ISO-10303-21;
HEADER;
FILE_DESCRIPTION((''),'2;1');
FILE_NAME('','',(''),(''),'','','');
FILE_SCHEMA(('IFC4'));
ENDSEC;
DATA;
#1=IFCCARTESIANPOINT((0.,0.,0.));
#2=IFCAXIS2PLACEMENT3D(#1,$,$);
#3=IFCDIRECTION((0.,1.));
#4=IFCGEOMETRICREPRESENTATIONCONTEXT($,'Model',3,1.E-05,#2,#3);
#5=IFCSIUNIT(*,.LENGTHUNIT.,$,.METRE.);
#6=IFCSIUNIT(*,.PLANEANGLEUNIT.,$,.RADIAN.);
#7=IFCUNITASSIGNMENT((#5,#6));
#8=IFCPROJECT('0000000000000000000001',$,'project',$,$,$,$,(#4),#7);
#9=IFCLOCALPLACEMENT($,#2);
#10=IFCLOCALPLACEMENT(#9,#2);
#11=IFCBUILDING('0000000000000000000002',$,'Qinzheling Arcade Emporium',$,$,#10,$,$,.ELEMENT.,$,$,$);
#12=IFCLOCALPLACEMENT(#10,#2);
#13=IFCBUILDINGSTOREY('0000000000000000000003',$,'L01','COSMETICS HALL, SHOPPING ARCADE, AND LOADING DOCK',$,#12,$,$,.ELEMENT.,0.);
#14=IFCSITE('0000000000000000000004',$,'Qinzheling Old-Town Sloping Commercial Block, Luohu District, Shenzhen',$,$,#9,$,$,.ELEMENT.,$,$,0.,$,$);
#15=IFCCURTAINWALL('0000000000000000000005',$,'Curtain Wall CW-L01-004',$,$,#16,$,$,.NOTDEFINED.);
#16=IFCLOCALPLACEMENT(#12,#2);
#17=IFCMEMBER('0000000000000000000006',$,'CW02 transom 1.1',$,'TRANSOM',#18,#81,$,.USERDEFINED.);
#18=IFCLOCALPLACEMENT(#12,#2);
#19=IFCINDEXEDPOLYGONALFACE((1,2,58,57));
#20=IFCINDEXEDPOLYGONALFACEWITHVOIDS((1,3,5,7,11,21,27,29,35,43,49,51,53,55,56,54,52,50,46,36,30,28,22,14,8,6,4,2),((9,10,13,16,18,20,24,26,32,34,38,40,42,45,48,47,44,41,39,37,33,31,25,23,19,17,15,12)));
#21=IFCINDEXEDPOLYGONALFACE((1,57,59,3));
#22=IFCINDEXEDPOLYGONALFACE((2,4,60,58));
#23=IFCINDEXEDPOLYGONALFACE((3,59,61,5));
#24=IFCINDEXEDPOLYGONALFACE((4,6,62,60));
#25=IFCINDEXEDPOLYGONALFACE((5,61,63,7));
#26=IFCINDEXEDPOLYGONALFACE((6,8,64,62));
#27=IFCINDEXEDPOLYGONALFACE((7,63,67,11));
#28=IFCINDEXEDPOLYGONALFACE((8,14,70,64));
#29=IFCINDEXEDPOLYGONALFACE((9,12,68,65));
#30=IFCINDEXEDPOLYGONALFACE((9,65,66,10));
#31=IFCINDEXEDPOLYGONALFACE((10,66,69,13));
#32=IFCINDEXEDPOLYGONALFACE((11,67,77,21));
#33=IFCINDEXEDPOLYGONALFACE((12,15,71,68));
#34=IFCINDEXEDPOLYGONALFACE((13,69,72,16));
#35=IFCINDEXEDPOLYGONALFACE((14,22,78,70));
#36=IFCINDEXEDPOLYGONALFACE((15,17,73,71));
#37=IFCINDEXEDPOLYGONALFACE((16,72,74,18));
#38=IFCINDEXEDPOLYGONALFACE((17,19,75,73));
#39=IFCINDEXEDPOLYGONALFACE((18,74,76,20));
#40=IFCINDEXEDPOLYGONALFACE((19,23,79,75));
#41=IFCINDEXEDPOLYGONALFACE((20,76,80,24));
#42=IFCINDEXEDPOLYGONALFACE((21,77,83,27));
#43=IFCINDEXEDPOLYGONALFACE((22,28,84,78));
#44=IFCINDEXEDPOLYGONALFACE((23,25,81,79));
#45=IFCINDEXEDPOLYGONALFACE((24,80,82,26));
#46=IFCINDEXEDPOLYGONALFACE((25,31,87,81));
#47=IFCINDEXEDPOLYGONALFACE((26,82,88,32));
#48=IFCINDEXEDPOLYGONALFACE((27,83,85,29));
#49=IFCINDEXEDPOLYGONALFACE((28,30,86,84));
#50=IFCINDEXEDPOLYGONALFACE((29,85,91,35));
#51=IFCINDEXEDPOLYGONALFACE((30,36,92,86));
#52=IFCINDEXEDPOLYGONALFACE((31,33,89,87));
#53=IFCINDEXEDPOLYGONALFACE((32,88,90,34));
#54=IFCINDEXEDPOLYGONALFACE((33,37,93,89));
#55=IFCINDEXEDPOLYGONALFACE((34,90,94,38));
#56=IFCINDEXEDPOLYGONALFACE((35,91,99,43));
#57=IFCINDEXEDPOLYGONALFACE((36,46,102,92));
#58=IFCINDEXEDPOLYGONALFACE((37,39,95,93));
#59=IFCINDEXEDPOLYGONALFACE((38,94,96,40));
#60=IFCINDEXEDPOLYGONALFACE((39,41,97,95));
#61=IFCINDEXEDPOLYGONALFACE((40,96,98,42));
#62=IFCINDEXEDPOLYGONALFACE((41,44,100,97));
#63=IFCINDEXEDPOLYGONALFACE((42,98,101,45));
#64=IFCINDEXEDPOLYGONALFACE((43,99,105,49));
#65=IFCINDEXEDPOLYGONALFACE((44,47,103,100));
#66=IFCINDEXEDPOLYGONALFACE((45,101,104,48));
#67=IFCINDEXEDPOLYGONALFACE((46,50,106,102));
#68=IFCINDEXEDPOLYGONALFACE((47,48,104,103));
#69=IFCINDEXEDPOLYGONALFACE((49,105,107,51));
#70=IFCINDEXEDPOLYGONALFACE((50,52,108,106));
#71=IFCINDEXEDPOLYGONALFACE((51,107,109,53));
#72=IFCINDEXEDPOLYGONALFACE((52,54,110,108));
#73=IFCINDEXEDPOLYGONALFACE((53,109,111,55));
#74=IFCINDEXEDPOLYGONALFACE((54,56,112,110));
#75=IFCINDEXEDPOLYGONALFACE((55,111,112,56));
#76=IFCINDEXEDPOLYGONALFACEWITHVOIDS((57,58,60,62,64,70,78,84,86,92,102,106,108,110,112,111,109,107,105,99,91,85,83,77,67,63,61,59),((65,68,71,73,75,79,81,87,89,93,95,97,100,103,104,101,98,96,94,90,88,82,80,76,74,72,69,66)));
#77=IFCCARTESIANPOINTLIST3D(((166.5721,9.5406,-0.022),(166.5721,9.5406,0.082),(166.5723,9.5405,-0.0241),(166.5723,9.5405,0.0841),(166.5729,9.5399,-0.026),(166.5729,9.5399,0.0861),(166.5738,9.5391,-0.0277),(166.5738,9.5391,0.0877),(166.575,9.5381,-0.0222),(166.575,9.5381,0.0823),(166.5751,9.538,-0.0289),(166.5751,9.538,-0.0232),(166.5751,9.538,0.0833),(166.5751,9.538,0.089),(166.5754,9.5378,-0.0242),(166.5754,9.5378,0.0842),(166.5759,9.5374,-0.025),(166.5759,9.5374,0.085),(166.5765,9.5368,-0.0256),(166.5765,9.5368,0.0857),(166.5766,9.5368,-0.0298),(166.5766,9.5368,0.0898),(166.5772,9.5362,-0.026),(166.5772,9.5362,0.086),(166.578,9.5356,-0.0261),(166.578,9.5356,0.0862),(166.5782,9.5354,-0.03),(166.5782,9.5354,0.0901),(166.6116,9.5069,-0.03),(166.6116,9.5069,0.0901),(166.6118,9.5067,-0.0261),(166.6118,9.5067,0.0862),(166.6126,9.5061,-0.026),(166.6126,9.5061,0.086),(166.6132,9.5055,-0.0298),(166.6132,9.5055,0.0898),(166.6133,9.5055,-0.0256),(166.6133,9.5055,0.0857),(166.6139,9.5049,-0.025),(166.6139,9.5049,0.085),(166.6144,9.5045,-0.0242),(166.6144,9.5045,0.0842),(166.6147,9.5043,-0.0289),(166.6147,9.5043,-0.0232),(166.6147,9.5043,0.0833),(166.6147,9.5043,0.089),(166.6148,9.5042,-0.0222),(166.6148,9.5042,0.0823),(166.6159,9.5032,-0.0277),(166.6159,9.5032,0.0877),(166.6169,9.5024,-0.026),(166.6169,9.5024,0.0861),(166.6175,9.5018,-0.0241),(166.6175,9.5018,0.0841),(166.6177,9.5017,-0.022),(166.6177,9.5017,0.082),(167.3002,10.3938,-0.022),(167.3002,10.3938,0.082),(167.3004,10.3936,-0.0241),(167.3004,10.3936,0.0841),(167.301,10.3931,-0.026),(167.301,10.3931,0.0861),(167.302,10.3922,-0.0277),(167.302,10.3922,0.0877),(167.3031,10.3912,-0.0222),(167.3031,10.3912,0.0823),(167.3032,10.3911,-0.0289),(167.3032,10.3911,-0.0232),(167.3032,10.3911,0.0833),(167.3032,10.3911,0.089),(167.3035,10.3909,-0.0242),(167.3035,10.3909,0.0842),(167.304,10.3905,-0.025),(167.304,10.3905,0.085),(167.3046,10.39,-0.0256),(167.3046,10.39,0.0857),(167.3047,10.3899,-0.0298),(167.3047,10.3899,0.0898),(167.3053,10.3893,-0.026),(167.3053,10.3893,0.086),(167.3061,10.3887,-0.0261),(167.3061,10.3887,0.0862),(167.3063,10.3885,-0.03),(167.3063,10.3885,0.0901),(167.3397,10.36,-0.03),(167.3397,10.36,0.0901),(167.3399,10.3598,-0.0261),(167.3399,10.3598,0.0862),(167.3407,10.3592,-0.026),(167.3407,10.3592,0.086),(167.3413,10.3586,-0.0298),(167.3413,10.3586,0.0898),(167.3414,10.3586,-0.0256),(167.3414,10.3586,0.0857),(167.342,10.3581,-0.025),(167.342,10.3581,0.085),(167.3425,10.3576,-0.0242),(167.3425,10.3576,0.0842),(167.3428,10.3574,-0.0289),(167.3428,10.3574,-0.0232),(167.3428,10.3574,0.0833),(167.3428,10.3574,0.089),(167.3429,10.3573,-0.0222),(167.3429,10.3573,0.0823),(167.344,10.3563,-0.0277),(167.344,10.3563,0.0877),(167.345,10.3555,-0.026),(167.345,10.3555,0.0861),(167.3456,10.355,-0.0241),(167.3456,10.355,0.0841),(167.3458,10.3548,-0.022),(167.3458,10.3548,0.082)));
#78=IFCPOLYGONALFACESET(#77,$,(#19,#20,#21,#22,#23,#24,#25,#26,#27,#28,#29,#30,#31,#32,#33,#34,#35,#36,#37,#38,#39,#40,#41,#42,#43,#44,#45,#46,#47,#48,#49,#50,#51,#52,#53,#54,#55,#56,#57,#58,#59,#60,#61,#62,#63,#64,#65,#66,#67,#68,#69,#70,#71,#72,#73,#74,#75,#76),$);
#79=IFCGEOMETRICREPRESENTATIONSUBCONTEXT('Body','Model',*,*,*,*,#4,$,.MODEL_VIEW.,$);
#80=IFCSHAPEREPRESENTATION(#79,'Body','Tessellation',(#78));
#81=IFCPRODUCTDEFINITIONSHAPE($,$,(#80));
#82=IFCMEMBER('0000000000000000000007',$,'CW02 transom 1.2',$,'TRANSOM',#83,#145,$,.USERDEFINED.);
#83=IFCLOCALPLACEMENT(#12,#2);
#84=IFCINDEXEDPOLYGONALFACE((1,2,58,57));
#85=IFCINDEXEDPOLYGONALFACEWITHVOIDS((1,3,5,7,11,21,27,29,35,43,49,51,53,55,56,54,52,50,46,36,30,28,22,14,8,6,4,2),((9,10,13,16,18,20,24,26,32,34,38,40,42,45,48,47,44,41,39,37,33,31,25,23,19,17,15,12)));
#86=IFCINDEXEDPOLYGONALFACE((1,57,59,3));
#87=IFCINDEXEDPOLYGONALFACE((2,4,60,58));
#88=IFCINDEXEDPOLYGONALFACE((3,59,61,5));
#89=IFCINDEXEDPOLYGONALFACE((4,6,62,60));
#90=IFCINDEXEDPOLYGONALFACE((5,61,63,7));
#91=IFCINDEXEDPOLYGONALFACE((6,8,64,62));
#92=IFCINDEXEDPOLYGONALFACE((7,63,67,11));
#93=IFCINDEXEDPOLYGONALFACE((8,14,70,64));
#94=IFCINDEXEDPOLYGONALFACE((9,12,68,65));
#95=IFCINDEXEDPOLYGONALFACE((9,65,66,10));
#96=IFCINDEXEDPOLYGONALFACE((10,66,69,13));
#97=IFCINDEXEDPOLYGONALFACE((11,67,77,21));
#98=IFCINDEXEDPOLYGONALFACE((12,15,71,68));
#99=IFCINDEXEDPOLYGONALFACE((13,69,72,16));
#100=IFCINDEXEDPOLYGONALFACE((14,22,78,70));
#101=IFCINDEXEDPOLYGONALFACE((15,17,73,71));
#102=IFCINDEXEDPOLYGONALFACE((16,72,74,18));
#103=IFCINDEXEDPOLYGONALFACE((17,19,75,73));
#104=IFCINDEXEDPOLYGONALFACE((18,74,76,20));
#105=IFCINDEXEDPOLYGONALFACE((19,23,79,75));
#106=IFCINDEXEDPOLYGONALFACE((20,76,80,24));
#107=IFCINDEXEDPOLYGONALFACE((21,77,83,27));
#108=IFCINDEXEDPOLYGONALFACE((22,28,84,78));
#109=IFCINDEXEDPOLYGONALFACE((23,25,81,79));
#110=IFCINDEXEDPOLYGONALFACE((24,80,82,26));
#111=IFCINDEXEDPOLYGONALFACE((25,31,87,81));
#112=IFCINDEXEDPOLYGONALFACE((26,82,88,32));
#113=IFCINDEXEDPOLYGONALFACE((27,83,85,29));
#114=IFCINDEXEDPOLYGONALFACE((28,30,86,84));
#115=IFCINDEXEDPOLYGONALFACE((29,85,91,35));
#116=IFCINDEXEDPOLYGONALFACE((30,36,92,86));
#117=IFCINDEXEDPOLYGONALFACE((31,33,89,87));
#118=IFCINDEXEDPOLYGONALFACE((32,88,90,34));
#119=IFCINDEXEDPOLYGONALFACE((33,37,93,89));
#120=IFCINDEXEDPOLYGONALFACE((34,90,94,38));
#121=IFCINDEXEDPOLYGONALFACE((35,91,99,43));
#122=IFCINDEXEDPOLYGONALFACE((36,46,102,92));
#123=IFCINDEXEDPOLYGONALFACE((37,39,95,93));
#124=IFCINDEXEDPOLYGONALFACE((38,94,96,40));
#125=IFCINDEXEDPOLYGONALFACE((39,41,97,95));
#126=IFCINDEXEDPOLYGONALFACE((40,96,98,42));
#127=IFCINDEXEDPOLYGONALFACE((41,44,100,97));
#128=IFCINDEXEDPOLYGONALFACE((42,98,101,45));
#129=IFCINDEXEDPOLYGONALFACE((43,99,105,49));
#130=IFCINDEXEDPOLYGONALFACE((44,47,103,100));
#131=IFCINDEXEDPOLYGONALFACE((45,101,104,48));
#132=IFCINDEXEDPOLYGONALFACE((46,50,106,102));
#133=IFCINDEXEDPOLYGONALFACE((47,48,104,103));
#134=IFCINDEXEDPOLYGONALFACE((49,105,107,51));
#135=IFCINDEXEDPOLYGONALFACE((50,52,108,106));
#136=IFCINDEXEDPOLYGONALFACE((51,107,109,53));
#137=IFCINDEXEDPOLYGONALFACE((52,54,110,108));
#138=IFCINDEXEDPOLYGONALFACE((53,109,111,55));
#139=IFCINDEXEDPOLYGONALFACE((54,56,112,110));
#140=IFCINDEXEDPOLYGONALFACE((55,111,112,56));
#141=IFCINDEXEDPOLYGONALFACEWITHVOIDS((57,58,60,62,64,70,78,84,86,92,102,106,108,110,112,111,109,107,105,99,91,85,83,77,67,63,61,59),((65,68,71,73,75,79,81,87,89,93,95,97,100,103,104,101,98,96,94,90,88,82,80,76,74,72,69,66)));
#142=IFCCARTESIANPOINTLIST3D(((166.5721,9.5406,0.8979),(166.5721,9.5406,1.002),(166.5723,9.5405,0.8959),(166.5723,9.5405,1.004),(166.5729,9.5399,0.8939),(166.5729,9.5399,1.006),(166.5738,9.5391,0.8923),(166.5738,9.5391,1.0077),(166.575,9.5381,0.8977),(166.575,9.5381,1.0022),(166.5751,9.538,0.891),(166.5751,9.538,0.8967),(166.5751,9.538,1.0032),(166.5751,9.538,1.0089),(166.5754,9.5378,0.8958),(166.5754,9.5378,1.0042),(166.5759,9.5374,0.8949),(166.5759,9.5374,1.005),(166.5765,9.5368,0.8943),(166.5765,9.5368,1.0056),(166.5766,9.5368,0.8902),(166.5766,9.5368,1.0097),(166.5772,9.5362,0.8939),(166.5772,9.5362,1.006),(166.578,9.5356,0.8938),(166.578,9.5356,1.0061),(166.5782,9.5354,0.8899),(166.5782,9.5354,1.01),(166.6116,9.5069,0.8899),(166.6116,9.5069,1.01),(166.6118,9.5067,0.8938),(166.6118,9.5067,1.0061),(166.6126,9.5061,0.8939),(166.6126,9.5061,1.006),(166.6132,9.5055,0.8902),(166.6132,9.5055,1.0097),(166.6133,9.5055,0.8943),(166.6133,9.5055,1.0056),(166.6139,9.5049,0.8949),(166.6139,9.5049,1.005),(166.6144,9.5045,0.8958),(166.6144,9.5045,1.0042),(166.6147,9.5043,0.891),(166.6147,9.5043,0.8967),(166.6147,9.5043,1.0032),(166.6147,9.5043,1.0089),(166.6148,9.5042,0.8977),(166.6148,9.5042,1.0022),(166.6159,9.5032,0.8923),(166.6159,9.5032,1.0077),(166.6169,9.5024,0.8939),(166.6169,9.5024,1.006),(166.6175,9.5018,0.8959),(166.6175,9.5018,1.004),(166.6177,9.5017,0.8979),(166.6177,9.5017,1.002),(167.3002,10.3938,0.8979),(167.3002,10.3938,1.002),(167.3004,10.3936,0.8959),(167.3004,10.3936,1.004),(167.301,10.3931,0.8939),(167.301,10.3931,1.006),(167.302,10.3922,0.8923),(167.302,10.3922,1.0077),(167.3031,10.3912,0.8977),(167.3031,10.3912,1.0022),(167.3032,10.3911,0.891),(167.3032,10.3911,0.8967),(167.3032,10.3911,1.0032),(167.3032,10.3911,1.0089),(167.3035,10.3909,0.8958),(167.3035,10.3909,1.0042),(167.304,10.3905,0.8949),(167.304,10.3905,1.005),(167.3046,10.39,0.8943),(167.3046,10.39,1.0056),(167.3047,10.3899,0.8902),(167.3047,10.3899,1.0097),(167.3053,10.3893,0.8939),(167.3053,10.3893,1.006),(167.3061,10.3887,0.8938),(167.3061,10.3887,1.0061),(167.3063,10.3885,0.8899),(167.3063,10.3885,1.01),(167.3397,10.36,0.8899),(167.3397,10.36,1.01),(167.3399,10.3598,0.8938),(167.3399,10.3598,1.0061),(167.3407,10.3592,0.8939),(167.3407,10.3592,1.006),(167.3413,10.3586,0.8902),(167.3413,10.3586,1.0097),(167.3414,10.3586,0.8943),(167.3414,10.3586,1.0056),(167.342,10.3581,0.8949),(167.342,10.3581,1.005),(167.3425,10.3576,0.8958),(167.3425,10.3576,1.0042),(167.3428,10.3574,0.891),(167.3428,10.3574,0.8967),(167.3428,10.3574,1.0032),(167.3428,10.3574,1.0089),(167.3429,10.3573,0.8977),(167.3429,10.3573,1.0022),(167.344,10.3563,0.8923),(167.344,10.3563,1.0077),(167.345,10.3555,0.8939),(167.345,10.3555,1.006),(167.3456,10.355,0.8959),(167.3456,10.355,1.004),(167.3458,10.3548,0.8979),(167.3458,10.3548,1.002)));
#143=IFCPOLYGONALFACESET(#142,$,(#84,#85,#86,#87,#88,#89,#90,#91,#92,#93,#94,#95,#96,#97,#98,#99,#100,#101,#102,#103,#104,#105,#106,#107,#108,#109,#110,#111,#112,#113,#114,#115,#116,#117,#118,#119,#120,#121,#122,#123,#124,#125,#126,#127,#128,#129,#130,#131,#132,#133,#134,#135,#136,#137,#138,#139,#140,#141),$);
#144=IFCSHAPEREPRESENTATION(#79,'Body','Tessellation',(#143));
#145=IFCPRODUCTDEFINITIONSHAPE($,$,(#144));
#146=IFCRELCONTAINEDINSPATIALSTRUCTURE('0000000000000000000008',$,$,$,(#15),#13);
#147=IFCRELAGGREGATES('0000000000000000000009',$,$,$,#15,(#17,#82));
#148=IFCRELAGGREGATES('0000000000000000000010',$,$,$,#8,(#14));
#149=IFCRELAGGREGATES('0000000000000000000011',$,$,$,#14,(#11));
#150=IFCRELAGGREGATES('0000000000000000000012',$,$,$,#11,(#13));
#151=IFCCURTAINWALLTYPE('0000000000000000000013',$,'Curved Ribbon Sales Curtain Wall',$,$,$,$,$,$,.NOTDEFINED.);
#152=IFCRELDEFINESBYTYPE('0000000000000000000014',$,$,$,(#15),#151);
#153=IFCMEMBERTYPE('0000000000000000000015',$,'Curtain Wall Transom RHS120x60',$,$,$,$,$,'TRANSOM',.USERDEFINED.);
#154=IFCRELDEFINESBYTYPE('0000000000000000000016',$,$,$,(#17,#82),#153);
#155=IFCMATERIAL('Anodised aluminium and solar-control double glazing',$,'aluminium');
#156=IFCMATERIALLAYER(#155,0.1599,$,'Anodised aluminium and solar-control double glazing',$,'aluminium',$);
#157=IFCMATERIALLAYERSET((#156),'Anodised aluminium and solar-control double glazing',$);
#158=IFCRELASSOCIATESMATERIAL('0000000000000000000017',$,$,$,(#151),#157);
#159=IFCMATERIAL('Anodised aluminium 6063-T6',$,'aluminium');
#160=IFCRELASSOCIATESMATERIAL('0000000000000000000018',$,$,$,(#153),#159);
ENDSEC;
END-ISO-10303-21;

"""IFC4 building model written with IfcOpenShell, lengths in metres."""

from ifc_helpers import new_model, si_unit, direction, frame, origin, origin_2d, place, context, subcontext, project, spatial, hollow_rectangle, extrude, material, layer, layer_set, material_profile, profile_set, type_object, element, aggregate, save


model = new_model("IFC4")

# Units and contexts
model_context = context("Model", 3, precision=1e-05, world=origin(), true_north=direction((0.0, 1.0)))
body_context = subcontext(model_context, "Body", "Model", "MODEL_VIEW")
ifc_project = project(units=[si_unit("LENGTHUNIT", "METRE"), si_unit("PLANEANGLEUNIT", "RADIAN")], contexts=[model_context])

# Site, building, storey
site_placement = place(None, origin())
site = spatial("IfcSite", under=ifc_project, at=site_placement, Name="Qinzheling Old-Town Sloping Commercial Block, Luohu District, Shenzhen", CompositionType="ELEMENT", RefElevation=0.0)
building_placement = place(site_placement, origin())
building = spatial("IfcBuilding", under=site, at=building_placement, Name="Qinzheling Arcade Emporium", CompositionType="ELEMENT")
storey_placement = place(building_placement, origin())
storey = spatial("IfcBuildingStorey", under=building, at=storey_placement, Name="L01", Description="COSMETICS HALL, SHOPPING ARCADE, AND LOADING DOCK", CompositionType="ELEMENT", Elevation=0.0)

# Shared definitions
ifc_material_1 = material(Name="Anodised aluminium and solar-control double glazing", Category="aluminium")
ifc_layer_1 = layer(ifc_material_1, 0.1599, Name="Anodised aluminium and solar-control double glazing", Category="aluminium")
ifc_layer_set_1 = layer_set([ifc_layer_1], Name="Anodised aluminium and solar-control double glazing")
curtain_wall_type = type_object("IfcCurtainWallType", Name="Curved Ribbon Sales Curtain Wall", PredefinedType="NOTDEFINED", material=ifc_layer_set_1)
ifc_material_2 = material(Name="Anodised aluminium 6063-T6", Category="aluminium")

# Curtain wall
curtain_wall_1_placement = place(storey_placement, origin())
curtain_wall_1 = element("IfcCurtainWall", 1, at=curtain_wall_1_placement, inside=storey, type_object=curtain_wall_type, Name="Curtain Wall CW-L01-004", PredefinedType="NOTDEFINED")

# Members
ifc_material_profile_1 = material_profile(ifc_material_2, hollow_rectangle(XDim=0.0601, YDim=0.1201, WallThickness=0.0039, InnerFilletRadius=0.0039, OuterFilletRadius=0.0081, at=origin_2d()), Name="RHS 120x60x4", Category="aluminium")
ifc_profile_set_1 = profile_set([ifc_material_profile_1], Name="Anodised aluminium 6063-T6")
member_type_1 = type_object("IfcMemberType", Name="Curtain Wall Transom RHS120x60", ElementType="TRANSOM", PredefinedType="USERDEFINED", material=ifc_profile_set_1)
member_1_placement = place(storey_placement, frame((167.323, 10.3743, 0.03), z_axis=(-0.649176, -0.760638, 0.0), x_axis=(0.760638, -0.649176, 0.0)))
member_1 = element("IfcMember", 2, at=member_1_placement, type_object=member_type_1, Name="CW02 transom 1.1", ObjectType="TRANSOM", PredefinedType="USERDEFINED", context=body_context, shape_type="SweptSolid", body=[
    extrude(hollow_rectangle(XDim=0.0601, YDim=0.1201, WallThickness=0.0039, InnerFilletRadius=0.0039, OuterFilletRadius=0.0081, at=origin_2d()), origin(), (0.0, 0.0, 1.0), 1.1216),
])
member_2_placement = place(storey_placement, frame((167.323, 10.3743, 0.95), z_axis=(-0.649176, -0.760638, 0.0), x_axis=(0.760638, -0.649176, 0.0)))
member_2 = element("IfcMember", 3, at=member_2_placement, type_object=member_type_1, Name="CW02 transom 1.2", ObjectType="TRANSOM", PredefinedType="USERDEFINED", context=body_context, shape_type="SweptSolid", body=[
    extrude(hollow_rectangle(XDim=0.0601, YDim=0.1201, WallThickness=0.0039, InnerFilletRadius=0.0039, OuterFilletRadius=0.0081, at=origin_2d()), origin(), (0.0, 0.0, 1.0), 1.1216),
])

aggregate(curtain_wall_1, [member_1, member_2])

save(model, "model.ifc")
